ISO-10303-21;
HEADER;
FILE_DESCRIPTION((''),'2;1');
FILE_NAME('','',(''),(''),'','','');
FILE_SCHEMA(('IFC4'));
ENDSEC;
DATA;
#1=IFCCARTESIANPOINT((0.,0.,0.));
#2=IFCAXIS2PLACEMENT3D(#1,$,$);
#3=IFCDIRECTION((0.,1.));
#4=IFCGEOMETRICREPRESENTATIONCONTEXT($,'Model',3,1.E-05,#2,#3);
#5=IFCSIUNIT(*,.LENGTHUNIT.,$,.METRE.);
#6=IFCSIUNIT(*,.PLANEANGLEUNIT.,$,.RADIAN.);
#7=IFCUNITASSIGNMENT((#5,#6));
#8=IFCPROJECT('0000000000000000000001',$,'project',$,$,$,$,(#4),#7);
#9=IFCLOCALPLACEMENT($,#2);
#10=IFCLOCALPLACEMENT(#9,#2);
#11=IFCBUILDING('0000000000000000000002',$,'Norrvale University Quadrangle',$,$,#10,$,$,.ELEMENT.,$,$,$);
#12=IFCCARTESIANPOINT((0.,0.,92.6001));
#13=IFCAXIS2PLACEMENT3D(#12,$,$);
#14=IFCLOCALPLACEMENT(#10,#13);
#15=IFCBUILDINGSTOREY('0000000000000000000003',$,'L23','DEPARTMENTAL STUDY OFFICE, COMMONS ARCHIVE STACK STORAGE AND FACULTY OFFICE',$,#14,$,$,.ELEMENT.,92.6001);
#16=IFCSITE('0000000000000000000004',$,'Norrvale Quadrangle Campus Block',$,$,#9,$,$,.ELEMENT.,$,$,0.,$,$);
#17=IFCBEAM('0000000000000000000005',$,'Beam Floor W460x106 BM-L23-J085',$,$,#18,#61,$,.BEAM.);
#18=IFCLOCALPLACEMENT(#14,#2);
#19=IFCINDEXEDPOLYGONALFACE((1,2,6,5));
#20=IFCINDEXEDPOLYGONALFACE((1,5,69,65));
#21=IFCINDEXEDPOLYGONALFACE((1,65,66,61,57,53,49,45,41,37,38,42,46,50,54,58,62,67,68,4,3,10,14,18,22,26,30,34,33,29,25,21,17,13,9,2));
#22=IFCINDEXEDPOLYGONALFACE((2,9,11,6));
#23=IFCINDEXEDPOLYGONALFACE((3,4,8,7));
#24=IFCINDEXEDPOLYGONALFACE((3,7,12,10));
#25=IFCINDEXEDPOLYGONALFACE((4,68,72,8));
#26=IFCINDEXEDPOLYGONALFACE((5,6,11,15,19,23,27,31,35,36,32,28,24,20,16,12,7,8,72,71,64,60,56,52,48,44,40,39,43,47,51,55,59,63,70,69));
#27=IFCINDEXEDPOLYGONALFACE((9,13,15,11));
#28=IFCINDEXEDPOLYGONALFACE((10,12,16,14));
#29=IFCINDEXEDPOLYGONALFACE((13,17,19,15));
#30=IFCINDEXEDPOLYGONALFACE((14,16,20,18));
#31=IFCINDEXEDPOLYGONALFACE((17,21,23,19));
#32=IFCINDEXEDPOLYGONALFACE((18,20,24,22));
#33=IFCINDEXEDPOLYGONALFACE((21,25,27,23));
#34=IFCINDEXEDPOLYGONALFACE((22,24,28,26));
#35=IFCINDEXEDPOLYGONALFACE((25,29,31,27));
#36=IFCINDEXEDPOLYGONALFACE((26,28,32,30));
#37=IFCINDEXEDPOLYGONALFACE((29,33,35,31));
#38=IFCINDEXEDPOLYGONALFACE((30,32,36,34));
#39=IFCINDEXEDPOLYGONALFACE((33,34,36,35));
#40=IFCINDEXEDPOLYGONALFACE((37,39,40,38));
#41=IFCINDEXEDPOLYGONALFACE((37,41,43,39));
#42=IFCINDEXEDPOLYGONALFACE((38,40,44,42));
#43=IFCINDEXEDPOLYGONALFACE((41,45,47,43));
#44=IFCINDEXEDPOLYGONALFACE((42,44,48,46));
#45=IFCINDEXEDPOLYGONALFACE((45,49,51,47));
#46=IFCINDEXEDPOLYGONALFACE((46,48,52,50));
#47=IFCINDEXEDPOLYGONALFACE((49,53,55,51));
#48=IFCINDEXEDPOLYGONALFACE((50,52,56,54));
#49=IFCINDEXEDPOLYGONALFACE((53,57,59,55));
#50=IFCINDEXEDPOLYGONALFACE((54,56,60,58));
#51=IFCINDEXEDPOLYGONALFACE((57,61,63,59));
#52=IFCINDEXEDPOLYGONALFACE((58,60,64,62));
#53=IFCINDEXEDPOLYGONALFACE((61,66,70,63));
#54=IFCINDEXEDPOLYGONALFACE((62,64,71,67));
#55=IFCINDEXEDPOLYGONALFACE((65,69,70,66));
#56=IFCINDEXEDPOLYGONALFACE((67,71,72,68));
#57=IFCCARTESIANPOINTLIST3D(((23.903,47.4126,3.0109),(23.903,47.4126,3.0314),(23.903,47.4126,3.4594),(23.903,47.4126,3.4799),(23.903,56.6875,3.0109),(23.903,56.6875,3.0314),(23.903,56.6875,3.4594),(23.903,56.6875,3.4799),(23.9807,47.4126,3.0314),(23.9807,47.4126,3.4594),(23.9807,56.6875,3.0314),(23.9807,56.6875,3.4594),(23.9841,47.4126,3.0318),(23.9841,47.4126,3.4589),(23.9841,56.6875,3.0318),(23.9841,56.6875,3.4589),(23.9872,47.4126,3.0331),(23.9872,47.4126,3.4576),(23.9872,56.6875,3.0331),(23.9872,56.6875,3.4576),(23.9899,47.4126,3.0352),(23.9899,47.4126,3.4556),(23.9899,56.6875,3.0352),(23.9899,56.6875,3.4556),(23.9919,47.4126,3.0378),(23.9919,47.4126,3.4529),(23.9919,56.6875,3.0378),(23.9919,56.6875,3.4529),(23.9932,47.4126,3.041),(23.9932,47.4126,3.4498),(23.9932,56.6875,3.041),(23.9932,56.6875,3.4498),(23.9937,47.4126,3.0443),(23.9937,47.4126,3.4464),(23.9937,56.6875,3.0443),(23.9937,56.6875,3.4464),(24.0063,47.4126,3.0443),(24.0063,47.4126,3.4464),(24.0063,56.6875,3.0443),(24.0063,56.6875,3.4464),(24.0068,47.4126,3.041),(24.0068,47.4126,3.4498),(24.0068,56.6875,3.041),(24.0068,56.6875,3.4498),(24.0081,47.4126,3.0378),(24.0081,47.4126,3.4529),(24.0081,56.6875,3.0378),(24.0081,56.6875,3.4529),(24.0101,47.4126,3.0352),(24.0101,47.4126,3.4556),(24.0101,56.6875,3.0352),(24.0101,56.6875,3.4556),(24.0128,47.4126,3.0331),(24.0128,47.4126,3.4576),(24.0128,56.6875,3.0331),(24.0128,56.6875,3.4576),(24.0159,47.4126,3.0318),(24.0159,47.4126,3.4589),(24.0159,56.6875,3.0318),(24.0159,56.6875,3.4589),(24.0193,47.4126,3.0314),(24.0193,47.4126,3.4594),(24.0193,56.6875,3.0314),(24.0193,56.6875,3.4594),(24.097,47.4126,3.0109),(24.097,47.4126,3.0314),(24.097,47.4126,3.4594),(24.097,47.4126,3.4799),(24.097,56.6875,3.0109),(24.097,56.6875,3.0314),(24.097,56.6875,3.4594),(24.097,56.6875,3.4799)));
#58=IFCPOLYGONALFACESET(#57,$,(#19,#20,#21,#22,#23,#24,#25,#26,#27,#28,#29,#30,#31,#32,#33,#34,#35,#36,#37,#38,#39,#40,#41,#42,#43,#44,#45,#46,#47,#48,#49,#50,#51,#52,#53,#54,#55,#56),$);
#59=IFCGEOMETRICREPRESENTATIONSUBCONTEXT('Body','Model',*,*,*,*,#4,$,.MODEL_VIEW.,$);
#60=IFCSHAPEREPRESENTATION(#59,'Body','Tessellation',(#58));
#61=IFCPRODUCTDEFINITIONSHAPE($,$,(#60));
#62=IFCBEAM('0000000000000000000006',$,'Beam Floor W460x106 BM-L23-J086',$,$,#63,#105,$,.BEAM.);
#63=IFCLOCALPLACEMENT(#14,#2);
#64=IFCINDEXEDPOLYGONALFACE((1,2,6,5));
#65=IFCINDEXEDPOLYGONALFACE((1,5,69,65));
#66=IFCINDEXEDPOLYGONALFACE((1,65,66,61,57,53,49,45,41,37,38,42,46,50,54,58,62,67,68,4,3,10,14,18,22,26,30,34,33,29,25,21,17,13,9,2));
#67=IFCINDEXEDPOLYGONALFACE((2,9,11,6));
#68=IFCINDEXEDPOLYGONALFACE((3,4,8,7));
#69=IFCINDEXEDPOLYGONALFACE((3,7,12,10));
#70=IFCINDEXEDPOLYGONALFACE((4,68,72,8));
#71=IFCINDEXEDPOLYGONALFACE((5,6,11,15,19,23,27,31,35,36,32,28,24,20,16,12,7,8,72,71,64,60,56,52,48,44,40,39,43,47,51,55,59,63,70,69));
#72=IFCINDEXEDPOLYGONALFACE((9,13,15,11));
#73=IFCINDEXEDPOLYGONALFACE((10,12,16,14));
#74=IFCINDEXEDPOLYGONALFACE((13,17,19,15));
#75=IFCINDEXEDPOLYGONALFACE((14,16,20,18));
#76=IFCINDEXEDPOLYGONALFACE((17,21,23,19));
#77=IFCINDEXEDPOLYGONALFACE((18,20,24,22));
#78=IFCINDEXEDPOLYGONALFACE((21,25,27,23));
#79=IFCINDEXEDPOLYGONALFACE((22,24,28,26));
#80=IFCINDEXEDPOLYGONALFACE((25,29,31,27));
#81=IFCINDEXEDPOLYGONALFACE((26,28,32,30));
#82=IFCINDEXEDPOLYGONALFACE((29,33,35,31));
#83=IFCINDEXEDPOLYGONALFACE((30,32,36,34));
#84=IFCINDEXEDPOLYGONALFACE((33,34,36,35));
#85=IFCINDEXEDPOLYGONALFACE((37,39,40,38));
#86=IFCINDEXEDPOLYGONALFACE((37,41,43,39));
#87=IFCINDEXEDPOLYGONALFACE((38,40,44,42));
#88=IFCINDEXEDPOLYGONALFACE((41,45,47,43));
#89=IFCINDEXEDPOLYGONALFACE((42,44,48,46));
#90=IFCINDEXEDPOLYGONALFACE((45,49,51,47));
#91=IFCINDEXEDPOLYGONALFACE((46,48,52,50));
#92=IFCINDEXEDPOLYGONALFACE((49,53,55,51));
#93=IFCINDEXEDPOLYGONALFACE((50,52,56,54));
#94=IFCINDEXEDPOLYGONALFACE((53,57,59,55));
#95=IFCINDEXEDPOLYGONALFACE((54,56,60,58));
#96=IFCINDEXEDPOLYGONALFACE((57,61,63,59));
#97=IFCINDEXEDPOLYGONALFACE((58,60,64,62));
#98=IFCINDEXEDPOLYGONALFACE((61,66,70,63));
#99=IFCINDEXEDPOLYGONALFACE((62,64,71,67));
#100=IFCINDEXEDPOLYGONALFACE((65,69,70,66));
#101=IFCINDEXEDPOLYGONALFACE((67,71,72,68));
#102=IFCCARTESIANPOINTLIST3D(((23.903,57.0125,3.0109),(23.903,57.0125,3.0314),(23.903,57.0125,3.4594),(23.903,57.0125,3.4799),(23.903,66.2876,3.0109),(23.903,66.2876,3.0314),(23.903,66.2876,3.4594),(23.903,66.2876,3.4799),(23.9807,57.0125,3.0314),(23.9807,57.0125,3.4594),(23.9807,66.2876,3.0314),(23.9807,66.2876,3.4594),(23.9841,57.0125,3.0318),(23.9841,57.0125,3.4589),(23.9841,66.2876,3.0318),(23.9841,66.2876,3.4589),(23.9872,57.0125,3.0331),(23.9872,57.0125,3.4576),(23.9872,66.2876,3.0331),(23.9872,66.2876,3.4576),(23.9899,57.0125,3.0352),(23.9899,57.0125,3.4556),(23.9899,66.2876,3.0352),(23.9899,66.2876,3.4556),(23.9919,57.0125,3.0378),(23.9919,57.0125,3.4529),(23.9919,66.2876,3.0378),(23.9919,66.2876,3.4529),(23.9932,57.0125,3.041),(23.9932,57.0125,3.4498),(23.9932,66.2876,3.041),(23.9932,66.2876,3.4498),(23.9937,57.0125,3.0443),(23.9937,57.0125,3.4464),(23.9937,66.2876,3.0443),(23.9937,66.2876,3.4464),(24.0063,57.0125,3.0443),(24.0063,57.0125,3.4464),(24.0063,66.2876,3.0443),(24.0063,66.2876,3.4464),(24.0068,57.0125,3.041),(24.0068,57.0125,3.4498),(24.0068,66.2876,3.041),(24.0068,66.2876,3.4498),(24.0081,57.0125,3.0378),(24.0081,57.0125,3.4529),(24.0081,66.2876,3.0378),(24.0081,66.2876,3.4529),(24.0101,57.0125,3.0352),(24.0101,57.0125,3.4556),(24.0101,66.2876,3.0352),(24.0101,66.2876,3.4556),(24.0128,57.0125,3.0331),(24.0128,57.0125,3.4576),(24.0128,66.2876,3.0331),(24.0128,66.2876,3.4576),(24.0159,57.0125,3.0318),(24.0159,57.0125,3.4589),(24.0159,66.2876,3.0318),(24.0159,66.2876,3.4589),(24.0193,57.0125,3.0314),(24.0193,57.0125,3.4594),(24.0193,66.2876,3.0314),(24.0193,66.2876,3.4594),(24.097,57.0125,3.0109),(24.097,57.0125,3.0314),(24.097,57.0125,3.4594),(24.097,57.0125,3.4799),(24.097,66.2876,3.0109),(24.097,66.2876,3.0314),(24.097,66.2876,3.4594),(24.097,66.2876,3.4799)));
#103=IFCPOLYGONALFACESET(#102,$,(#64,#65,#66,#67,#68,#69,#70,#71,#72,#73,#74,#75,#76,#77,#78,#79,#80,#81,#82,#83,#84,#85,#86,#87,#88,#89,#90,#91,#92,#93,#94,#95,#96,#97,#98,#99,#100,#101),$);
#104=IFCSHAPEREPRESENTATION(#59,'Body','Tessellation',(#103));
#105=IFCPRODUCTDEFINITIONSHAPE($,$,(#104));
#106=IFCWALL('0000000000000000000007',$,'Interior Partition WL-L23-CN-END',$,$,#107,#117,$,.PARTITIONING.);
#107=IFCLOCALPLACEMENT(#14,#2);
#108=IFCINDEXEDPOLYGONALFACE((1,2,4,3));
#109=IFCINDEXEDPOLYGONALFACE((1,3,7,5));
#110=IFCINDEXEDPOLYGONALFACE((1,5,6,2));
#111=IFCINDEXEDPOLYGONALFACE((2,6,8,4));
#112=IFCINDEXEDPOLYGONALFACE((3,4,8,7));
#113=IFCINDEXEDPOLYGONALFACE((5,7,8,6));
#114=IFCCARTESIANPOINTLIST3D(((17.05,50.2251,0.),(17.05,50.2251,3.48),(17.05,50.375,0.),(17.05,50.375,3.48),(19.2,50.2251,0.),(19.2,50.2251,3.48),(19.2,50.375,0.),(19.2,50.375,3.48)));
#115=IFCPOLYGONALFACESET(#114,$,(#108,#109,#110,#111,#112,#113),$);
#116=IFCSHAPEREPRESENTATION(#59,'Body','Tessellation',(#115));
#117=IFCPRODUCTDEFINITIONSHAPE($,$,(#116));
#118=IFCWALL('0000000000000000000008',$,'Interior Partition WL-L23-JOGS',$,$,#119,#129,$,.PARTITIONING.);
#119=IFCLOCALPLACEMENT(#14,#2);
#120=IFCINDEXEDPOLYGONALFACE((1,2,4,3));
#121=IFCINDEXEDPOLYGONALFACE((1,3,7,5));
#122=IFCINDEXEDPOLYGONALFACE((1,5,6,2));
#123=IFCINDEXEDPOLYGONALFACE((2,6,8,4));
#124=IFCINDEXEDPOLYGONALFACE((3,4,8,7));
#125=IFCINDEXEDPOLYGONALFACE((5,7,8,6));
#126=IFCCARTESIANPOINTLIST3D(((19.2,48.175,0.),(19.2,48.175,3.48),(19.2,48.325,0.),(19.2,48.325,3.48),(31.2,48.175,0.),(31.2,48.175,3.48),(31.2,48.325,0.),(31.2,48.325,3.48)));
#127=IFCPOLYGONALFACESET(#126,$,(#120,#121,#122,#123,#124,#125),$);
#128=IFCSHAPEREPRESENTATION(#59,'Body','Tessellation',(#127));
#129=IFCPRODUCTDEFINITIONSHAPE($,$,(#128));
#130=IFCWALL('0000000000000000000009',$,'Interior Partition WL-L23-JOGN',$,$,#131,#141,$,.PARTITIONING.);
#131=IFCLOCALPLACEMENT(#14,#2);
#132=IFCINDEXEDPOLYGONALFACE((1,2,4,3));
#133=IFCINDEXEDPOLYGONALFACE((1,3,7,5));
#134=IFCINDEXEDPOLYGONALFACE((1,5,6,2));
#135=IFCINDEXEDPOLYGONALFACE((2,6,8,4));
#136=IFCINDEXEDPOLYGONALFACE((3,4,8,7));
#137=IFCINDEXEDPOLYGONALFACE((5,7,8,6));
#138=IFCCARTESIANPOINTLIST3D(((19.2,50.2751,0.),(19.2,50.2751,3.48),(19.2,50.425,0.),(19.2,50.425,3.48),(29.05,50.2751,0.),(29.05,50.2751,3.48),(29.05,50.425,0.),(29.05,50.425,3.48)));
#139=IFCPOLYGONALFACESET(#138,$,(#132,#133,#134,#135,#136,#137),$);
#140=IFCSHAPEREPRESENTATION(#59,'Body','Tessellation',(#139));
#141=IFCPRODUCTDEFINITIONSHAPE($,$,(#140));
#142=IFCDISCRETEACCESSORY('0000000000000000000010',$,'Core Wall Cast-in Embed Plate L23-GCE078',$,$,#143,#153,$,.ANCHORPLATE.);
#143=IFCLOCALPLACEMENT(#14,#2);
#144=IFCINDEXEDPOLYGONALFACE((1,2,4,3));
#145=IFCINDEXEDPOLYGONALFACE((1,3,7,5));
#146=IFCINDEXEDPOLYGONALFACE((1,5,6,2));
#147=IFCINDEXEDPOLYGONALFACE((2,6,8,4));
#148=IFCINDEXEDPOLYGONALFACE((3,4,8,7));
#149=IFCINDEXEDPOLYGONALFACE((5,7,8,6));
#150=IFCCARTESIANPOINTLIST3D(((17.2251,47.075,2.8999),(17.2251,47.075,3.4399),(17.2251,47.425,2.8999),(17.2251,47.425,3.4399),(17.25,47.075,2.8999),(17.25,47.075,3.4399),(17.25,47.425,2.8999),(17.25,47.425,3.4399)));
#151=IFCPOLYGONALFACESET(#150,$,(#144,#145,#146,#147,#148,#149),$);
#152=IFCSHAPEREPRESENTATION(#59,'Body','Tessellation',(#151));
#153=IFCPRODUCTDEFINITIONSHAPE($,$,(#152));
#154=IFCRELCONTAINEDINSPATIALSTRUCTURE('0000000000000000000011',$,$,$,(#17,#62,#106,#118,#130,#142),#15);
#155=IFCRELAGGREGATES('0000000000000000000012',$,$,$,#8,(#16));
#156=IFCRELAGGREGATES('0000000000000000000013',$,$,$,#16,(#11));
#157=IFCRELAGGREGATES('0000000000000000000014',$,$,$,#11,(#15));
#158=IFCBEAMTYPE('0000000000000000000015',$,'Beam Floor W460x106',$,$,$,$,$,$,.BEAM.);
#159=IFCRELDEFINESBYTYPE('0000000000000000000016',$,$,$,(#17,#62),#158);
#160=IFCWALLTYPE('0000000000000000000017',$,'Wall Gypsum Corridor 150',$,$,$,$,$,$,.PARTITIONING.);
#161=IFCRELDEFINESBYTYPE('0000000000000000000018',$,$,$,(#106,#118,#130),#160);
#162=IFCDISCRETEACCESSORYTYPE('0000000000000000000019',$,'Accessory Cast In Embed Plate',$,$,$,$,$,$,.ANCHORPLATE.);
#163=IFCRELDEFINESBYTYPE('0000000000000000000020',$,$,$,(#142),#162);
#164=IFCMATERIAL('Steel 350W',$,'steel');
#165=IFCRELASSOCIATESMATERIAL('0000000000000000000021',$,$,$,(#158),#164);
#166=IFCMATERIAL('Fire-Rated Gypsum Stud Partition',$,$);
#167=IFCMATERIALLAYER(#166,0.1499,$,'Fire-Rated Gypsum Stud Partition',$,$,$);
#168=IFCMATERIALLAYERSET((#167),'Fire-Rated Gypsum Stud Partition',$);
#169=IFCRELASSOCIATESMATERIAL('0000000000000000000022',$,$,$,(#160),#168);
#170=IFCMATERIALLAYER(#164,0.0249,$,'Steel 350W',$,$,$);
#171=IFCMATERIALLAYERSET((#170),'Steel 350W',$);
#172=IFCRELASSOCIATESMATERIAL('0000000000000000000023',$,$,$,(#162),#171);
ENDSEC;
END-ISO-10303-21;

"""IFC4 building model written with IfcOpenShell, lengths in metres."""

from ifc_helpers import new_model, si_unit, direction, frame, frame_2d, origin, origin_2d, place, context, subcontext, project, spatial, rectangle, i_section, extrude, material, layer, layer_set, material_profile, profile_set, type_object, element, save


model = new_model("IFC4")

# Units and contexts
model_context = context("Model", 3, precision=1e-05, world=origin(), true_north=direction((0.0, 1.0)))
body_context = subcontext(model_context, "Body", "Model", "MODEL_VIEW")
ifc_project = project(units=[si_unit("LENGTHUNIT", "METRE"), si_unit("PLANEANGLEUNIT", "RADIAN")], contexts=[model_context])

# Site, building, storey
site_placement = place(None, origin())
site = spatial("IfcSite", under=ifc_project, at=site_placement, Name="Norrvale Quadrangle Campus Block", CompositionType="ELEMENT", RefElevation=0.0)
building_placement = place(site_placement, origin())
building = spatial("IfcBuilding", under=site, at=building_placement, Name="Norrvale University Quadrangle", CompositionType="ELEMENT")
storey_placement = place(building_placement, frame((0.0, 0.0, 92.6001)))
storey = spatial("IfcBuildingStorey", under=building, at=storey_placement, Name="L23", Description="DEPARTMENTAL STUDY OFFICE, COMMONS ARCHIVE STACK STORAGE AND FACULTY OFFICE", CompositionType="ELEMENT", Elevation=92.6001)

# Beams
ifc_material_1 = material(Name="Steel 350W", Category="steel")
ifc_material_profile_1 = material_profile(ifc_material_1, i_section(OverallWidth=0.1941, OverallDepth=0.469, WebThickness=0.0127, FlangeThickness=0.0205, FilletRadius=0.0129, at=origin_2d()), Name="Steel 350W")
ifc_profile_set_1 = profile_set([ifc_material_profile_1], Name="Steel 350W")
beam_type_1 = type_object("IfcBeamType", Name="Beam Floor W460x106", PredefinedType="BEAM", material=ifc_profile_set_1)
beam_1_placement = place(storey_placement, frame((24.0, 47.4126, 3.2454), z_axis=(0.0, 1.0, 0.0), x_axis=(-1.0, 0.0, 0.0)))
element("IfcBeam", 1, at=beam_1_placement, inside=storey, type_object=beam_type_1, Name="Beam Floor W460x106 BM-L23-J085", PredefinedType="BEAM", context=body_context, shape_type="SweptSolid", body=[
    extrude(i_section(OverallWidth=0.1941, OverallDepth=0.469, WebThickness=0.0127, FlangeThickness=0.0205, FilletRadius=0.0129, at=origin_2d()), origin(), (0.0, 0.0, 1.0), 9.2749),
])
beam_2_placement = place(storey_placement, frame((24.0, 57.0125, 3.2454), z_axis=(0.0, 1.0, 0.0), x_axis=(-1.0, 0.0, 0.0)))
element("IfcBeam", 2, at=beam_2_placement, inside=storey, type_object=beam_type_1, Name="Beam Floor W460x106 BM-L23-J086", PredefinedType="BEAM", context=body_context, shape_type="SweptSolid", body=[
    extrude(i_section(OverallWidth=0.1941, OverallDepth=0.469, WebThickness=0.0127, FlangeThickness=0.0205, FilletRadius=0.0129, at=origin_2d()), origin(), (0.0, 0.0, 1.0), 9.2751),
])

# Walls
ifc_material_2 = material(Name="Fire-Rated Gypsum Stud Partition")
ifc_layer_1 = layer(ifc_material_2, 0.1499, Name="Fire-Rated Gypsum Stud Partition")
ifc_layer_set_1 = layer_set([ifc_layer_1], Name="Fire-Rated Gypsum Stud Partition")
wall_type = type_object("IfcWallType", Name="Wall Gypsum Corridor 150", PredefinedType="PARTITIONING", material=ifc_layer_set_1)
wall_1_placement = place(storey_placement, frame((17.05, 50.3, 0.0), z_axis=(0.0, 0.0, 1.0), x_axis=(1.0, 0.0, 0.0)))
element("IfcWall", 3, at=wall_1_placement, inside=storey, type_object=wall_type, Name="Interior Partition WL-L23-CN-END", PredefinedType="PARTITIONING", context=body_context, shape_type="SweptSolid", body=[
    extrude(rectangle(XDim=2.1499, YDim=0.1499, at=frame_2d((1.075, 0.0))), origin(), (0.0, 0.0, 1.0), 3.48),
])
wall_2_placement = place(storey_placement, frame((19.2, 48.25, 0.0), z_axis=(0.0, 0.0, 1.0), x_axis=(1.0, 0.0, 0.0)))
element("IfcWall", 4, at=wall_2_placement, inside=storey, type_object=wall_type, Name="Interior Partition WL-L23-JOGS", PredefinedType="PARTITIONING", context=body_context, shape_type="SweptSolid", body=[
    extrude(rectangle(XDim=12.0, YDim=0.1499, at=frame_2d((6.0, 0.0))), origin(), (0.0, 0.0, 1.0), 3.48),
])
wall_3_placement = place(storey_placement, frame((19.2, 50.3501, 0.0), z_axis=(0.0, 0.0, 1.0), x_axis=(1.0, 0.0, 0.0)))
element("IfcWall", 5, at=wall_3_placement, inside=storey, type_object=wall_type, Name="Interior Partition WL-L23-JOGN", PredefinedType="PARTITIONING", context=body_context, shape_type="SweptSolid", body=[
    extrude(rectangle(XDim=9.8501, YDim=0.1499, at=frame_2d((4.925, 0.0))), origin(), (0.0, 0.0, 1.0), 3.48),
])

# Discrete accessory
ifc_layer_2 = layer(ifc_material_1, 0.0249, Name="Steel 350W")
ifc_layer_set_2 = layer_set([ifc_layer_2], Name="Steel 350W")
discrete_accessory_type = type_object("IfcDiscreteAccessoryType", Name="Accessory Cast In Embed Plate", PredefinedType="ANCHORPLATE", material=ifc_layer_set_2)
discrete_accessory_placement = place(storey_placement, frame((17.2375, 47.25, 2.8999), z_axis=(0.0, 0.0, 1.0), x_axis=(1.0, 0.0, 0.0)))
element("IfcDiscreteAccessory", 6, at=discrete_accessory_placement, inside=storey, type_object=discrete_accessory_type, Name="Core Wall Cast-in Embed Plate L23-GCE078", PredefinedType="ANCHORPLATE", context=body_context, shape_type="SweptSolid", body=[
    extrude(rectangle(XDim=0.0249, YDim=0.3501, at=origin_2d()), origin(), (0.0, 0.0, 1.0), 0.54),
])

save(model, "model.ifc")
